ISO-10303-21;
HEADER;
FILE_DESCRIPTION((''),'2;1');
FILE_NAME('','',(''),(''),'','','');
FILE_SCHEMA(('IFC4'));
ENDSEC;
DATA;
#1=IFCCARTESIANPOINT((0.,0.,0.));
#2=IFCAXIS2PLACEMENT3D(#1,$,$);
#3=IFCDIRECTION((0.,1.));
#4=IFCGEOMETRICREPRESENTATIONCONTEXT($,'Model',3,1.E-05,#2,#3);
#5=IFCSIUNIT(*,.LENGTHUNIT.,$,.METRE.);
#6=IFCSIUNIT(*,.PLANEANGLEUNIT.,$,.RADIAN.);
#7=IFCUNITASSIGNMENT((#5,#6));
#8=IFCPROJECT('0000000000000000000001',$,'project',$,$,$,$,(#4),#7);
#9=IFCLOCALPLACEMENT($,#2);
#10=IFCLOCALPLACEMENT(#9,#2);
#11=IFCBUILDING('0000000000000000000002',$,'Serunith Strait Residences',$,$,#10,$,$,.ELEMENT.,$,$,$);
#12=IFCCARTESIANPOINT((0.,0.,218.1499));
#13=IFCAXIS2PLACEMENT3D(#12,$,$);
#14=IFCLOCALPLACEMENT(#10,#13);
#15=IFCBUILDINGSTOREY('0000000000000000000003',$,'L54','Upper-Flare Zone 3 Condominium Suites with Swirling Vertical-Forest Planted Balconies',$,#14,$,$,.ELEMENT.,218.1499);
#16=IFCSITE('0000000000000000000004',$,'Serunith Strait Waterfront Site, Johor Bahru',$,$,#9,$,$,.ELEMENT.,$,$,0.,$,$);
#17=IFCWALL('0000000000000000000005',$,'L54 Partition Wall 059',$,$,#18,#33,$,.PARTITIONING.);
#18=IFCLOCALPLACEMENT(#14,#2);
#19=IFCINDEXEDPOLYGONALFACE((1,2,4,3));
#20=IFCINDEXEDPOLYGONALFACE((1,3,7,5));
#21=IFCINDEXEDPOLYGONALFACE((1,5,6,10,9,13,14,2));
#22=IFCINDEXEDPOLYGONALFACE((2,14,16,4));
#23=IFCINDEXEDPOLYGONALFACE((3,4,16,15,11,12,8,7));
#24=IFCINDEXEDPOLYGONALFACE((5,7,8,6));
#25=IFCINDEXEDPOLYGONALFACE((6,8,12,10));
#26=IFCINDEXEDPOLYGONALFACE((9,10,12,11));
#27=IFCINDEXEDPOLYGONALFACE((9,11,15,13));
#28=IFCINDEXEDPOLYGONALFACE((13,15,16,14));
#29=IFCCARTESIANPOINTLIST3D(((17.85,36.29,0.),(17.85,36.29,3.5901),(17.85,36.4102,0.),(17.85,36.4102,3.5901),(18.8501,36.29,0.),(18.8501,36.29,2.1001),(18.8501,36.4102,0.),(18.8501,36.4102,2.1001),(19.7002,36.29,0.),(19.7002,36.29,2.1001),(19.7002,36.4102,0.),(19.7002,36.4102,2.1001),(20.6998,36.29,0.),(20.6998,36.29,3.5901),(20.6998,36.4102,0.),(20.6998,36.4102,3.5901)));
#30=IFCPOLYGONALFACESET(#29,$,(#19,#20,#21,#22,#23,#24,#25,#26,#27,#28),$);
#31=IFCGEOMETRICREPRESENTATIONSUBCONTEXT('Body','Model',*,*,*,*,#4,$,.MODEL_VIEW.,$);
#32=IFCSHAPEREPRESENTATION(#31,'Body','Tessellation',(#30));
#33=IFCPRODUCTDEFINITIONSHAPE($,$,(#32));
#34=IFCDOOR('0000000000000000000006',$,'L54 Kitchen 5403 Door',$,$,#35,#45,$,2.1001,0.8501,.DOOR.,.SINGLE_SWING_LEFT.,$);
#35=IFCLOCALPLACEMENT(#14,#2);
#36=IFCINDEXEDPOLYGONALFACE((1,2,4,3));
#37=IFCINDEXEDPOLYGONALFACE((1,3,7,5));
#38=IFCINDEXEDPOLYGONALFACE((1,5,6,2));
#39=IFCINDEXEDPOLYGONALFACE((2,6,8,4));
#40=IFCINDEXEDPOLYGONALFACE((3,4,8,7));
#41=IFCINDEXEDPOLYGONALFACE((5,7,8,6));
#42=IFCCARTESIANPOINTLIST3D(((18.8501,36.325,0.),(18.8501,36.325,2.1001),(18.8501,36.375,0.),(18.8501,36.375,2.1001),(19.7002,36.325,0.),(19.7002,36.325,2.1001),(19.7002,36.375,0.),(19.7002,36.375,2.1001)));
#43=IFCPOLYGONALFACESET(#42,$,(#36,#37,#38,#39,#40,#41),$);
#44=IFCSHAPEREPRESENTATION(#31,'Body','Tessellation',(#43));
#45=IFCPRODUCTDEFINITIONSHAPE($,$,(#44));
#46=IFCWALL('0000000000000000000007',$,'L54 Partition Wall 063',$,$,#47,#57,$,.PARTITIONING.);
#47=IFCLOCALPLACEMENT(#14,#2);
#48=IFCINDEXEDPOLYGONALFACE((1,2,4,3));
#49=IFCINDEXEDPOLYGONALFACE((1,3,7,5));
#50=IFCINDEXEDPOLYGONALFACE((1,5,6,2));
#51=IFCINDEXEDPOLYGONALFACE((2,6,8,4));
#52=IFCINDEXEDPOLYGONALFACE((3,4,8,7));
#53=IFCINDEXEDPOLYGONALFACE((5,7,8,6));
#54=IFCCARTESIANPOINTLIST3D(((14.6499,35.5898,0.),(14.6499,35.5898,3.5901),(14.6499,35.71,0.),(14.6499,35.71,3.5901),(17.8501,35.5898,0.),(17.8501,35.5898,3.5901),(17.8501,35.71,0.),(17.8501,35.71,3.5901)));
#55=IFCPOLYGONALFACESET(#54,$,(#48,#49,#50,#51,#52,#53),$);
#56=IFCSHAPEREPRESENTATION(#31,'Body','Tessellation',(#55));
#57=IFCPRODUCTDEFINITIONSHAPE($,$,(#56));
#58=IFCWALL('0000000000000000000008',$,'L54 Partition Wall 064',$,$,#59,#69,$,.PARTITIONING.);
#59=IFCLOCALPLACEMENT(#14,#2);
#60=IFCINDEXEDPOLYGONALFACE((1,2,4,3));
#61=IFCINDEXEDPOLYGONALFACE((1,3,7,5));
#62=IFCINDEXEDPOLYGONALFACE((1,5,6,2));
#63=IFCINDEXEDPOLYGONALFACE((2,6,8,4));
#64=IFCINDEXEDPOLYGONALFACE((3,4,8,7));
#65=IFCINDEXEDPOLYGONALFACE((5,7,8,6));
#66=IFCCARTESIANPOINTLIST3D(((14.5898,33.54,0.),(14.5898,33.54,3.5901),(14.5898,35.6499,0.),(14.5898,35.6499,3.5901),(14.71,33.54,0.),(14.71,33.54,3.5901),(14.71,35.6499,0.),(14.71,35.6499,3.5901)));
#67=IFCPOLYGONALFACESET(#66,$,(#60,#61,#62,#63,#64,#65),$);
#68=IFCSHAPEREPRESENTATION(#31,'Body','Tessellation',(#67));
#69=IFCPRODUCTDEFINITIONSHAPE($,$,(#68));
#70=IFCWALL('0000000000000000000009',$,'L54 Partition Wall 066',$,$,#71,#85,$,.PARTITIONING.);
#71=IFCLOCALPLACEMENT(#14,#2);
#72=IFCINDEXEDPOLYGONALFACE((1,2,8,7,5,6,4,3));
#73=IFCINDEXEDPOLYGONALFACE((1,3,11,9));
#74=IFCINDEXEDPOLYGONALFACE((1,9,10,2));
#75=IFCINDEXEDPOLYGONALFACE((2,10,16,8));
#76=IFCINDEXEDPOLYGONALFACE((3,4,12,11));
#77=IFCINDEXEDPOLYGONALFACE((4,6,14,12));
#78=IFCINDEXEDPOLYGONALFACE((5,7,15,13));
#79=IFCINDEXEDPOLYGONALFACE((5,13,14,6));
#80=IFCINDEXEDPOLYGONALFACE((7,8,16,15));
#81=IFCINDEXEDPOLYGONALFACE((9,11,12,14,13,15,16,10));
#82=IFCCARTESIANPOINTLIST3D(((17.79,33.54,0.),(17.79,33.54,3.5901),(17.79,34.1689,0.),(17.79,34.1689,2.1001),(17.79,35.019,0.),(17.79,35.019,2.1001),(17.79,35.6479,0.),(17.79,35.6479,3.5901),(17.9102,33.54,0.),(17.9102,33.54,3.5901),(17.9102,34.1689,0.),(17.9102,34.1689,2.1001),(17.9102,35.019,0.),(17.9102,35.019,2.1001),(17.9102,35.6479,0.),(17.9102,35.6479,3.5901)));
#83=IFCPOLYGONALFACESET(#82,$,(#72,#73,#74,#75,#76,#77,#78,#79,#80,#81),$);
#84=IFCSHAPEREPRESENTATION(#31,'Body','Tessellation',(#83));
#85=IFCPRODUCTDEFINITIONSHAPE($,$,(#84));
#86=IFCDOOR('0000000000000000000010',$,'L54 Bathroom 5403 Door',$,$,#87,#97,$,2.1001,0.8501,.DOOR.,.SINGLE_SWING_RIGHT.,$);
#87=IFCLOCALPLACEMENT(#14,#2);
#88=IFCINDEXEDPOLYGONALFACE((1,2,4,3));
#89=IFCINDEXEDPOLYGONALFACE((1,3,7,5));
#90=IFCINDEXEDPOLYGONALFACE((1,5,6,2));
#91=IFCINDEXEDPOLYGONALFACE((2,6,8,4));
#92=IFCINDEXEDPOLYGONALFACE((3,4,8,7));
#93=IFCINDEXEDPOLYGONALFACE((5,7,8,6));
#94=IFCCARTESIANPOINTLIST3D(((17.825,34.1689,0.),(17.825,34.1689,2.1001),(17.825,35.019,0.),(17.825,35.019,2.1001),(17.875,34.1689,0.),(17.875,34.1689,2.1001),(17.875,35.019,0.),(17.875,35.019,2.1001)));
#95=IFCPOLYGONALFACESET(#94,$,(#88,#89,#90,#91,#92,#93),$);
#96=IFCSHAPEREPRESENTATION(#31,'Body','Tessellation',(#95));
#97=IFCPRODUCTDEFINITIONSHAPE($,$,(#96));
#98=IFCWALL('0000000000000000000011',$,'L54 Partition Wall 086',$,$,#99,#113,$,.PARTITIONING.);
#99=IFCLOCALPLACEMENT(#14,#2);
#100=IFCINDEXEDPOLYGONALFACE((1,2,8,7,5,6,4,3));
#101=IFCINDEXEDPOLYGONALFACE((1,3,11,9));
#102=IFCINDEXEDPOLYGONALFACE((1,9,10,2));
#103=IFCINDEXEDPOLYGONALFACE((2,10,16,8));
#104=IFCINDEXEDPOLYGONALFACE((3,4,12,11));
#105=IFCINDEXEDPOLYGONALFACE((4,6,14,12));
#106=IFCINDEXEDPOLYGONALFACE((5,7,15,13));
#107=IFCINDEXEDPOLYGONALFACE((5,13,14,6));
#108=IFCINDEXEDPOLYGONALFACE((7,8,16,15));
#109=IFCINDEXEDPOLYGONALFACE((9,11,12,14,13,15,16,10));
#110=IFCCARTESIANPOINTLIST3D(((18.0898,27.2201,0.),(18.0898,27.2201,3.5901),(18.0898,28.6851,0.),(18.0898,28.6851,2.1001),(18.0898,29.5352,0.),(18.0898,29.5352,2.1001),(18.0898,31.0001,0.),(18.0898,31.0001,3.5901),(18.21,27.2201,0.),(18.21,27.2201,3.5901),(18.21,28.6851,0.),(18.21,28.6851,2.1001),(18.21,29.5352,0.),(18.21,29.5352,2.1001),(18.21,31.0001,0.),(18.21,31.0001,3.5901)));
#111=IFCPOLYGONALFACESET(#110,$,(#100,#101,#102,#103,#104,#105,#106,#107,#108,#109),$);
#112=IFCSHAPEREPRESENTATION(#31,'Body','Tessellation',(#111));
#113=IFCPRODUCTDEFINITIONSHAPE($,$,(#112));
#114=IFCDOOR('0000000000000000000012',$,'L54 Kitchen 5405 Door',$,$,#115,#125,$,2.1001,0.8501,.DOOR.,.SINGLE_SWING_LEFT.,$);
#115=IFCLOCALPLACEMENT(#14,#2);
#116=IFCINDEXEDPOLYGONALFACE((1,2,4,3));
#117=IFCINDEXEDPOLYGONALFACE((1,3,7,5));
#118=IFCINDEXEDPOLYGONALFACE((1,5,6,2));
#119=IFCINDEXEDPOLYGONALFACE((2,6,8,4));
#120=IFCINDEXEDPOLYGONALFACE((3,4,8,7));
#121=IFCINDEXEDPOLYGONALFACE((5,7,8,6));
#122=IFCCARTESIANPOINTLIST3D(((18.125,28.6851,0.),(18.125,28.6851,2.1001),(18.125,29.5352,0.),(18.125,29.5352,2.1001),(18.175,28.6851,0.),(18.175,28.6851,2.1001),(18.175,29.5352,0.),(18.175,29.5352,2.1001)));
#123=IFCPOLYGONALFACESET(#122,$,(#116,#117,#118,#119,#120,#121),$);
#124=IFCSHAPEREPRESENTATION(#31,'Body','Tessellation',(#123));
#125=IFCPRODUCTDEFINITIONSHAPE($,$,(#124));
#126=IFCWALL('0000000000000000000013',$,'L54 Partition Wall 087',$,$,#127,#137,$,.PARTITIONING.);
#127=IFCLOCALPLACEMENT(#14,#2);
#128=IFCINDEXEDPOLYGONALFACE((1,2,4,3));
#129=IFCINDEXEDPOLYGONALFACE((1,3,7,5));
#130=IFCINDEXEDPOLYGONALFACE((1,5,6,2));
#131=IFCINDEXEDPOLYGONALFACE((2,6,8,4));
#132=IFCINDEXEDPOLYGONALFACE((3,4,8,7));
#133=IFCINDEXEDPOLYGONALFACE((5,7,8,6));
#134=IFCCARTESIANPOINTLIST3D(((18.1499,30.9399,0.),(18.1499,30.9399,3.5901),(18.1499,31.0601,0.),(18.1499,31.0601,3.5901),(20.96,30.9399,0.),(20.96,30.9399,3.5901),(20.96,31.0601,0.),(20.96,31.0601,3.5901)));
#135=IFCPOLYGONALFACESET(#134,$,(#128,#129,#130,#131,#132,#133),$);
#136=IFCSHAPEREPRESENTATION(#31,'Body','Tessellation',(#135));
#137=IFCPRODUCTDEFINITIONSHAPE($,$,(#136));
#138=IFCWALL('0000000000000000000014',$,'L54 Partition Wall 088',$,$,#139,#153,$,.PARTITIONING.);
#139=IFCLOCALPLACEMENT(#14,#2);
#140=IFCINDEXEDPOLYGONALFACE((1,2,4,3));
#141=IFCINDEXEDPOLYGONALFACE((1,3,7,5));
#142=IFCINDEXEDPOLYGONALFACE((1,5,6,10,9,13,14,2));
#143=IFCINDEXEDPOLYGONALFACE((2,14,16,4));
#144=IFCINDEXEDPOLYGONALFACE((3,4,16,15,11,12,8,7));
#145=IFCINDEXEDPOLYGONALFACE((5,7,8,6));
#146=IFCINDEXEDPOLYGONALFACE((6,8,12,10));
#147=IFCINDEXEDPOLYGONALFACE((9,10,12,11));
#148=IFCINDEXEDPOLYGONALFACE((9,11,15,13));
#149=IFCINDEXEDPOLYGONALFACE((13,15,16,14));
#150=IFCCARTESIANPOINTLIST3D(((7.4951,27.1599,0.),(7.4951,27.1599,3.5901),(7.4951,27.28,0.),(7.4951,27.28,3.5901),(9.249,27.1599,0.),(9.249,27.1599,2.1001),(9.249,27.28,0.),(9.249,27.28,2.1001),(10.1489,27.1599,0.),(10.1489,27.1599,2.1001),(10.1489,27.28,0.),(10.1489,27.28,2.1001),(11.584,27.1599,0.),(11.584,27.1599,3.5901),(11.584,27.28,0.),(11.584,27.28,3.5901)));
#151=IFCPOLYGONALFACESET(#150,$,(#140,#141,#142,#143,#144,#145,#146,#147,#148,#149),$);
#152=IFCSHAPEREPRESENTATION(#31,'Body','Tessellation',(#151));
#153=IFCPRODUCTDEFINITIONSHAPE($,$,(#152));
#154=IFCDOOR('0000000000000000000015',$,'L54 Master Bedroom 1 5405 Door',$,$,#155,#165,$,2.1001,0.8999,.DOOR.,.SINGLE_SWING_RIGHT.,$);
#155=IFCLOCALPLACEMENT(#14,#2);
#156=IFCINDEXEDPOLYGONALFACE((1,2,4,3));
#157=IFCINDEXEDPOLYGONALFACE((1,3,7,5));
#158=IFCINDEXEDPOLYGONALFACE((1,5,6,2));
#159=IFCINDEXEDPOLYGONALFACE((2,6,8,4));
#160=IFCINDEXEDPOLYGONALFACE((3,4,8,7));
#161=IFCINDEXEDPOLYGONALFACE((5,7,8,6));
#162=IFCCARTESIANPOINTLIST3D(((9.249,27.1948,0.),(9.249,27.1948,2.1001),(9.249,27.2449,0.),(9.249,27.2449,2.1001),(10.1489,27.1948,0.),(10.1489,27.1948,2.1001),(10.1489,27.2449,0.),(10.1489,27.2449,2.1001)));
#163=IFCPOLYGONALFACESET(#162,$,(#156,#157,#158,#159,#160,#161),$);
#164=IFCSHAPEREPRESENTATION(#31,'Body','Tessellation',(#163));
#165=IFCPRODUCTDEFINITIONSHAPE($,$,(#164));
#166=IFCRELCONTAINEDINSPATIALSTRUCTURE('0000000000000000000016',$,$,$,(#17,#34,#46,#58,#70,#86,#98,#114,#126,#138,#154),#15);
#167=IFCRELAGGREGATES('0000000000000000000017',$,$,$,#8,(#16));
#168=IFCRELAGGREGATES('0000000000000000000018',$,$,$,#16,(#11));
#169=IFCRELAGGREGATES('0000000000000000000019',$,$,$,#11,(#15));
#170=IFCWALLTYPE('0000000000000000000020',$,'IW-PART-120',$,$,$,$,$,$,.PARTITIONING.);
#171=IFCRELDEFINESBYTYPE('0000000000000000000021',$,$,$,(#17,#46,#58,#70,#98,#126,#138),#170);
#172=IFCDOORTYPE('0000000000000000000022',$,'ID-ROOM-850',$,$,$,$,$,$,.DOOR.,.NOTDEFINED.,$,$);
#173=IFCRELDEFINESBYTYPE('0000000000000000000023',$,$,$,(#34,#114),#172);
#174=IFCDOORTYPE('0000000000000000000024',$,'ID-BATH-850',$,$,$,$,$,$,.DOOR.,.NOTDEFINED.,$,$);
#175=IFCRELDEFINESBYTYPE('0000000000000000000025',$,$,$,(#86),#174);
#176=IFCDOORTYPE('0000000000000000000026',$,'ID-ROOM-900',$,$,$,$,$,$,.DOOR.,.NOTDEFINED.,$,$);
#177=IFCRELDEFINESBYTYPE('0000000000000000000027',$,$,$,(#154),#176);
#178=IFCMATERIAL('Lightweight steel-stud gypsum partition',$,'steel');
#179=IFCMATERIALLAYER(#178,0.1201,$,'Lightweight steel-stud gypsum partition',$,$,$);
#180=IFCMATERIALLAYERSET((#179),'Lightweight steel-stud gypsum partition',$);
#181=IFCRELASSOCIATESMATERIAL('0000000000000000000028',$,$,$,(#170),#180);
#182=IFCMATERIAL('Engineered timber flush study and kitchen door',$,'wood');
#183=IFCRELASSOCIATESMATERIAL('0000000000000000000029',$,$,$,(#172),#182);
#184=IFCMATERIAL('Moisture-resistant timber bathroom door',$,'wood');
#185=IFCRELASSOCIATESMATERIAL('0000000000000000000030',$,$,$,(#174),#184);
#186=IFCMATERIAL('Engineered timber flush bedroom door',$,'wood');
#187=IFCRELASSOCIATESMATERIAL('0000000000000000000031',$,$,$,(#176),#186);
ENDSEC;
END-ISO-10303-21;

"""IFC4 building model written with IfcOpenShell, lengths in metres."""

from ifc_helpers import new_model, si_unit, direction, frame, frame_2d, origin, place, context, subcontext, project, spatial, rectangle, extrude, source, transform, mapped, material, layer, layer_set, type_object, element, fill, save


model = new_model("IFC4")

# Units and contexts
model_context = context("Model", 3, precision=1e-05, world=origin(), true_north=direction((0.0, 1.0)))
body_context = subcontext(model_context, "Body", "Model", "MODEL_VIEW")
ifc_project = project(units=[si_unit("LENGTHUNIT", "METRE"), si_unit("PLANEANGLEUNIT", "RADIAN")], contexts=[model_context])

# Site, building, storey
site_placement = place(None, origin())
site = spatial("IfcSite", under=ifc_project, at=site_placement, Name="Serunith Strait Waterfront Site, Johor Bahru", CompositionType="ELEMENT", RefElevation=0.0)
building_placement = place(site_placement, origin())
building = spatial("IfcBuilding", under=site, at=building_placement, Name="Serunith Strait Residences", CompositionType="ELEMENT")
storey_placement = place(building_placement, frame((0.0, 0.0, 218.1499)))
storey = spatial("IfcBuildingStorey", under=building, at=storey_placement, Name="L54", Description="Upper-Flare Zone 3 Condominium Suites with Swirling Vertical-Forest Planted Balconies", CompositionType="ELEMENT", Elevation=218.1499)

# Wall, opening, door
ifc_material_1 = material(Name="Lightweight steel-stud gypsum partition", Category="steel")
ifc_layer_1 = layer(ifc_material_1, 0.1201, Name="Lightweight steel-stud gypsum partition")
ifc_layer_set_1 = layer_set([ifc_layer_1], Name="Lightweight steel-stud gypsum partition")
wall_type_1 = type_object("IfcWallType", Name="IW-PART-120", PredefinedType="PARTITIONING", material=ifc_layer_set_1)
wall_1_placement = place(storey_placement, frame((17.8501, 36.3501, 0.0), z_axis=(0.0, 0.0, 1.0), x_axis=(1.0, 0.0, 0.0)))
wall_1 = element("IfcWall", 1, at=wall_1_placement, inside=storey, type_object=wall_type_1, Name="L54 Partition Wall 059", PredefinedType="PARTITIONING", context=body_context, shape_type="SweptSolid", body=[
    extrude(rectangle(XDim=2.8499, YDim=0.1201, at=frame_2d((1.4248, 0.0))), origin(), (0.0, 0.0, 1.0), 3.5901),
])
opening_1_placement = place(wall_1_placement, frame((1.0, 0.0, 0.0)))
opening_1 = element("IfcOpeningElement", 2, at=opening_1_placement, cuts=wall_1, PredefinedType="OPENING", context=body_context, shape_type="SweptSolid", body=[
    extrude(rectangle(XDim=0.8501, YDim=2.1001, at=frame_2d((0.425, 1.05))), frame((0.0, 0.0701, 0.0), z_axis=(0.0, -1.0, 0.0), x_axis=(1.0, 0.0, 0.0)), (0.0, 0.0, 1.0), 0.1401),
])
ifc_material_2 = material(Name="Engineered timber flush study and kitchen door", Category="wood")
door_type_1 = type_object("IfcDoorType", Name="ID-ROOM-850", OperationType="NOTDEFINED", PredefinedType="DOOR", material=ifc_material_2)
shared_shape_1 = source(origin(), body_context, "Body", "SweptSolid", [
    extrude(rectangle(XDim=0.8501, YDim=2.1001, at=frame_2d((0.425, 1.05))), frame((0.0, 0.0249, 0.0), z_axis=(0.0, -1.0, 0.0), x_axis=(1.0, 0.0, 0.0)), (0.0, 0.0, 1.0), 0.05),
])
door_1_placement = place(opening_1_placement, origin())
door_1 = element("IfcDoor", 3, at=door_1_placement, inside=storey, type_object=door_type_1, Name="L54 Kitchen 5403 Door", OperationType="SINGLE_SWING_LEFT", OverallHeight=2.1001, OverallWidth=0.8501, PredefinedType="DOOR", context=body_context, shape_type="MappedRepresentation", body=[
    mapped(shared_shape_1, transform((0.0, 0.0, 0.0), scale=1.0)),
])
fill(opening_1, door_1)

# Walls
wall_2_placement = place(storey_placement, frame((14.6499, 35.6499, 0.0), z_axis=(0.0, 0.0, 1.0), x_axis=(1.0, 0.0, 0.0)))
element("IfcWall", 4, at=wall_2_placement, inside=storey, type_object=wall_type_1, Name="L54 Partition Wall 063", PredefinedType="PARTITIONING", context=body_context, shape_type="SweptSolid", body=[
    extrude(rectangle(XDim=3.2002, YDim=0.1201, at=frame_2d((1.6001, 0.0))), origin(), (0.0, 0.0, 1.0), 3.5901),
])
wall_3_placement = place(storey_placement, frame((14.6499, 35.6499, 0.0), z_axis=(0.0, 0.0, 1.0), x_axis=(0.0, -1.0, 0.0)))
element("IfcWall", 5, at=wall_3_placement, inside=storey, type_object=wall_type_1, Name="L54 Partition Wall 064", PredefinedType="PARTITIONING", context=body_context, shape_type="SweptSolid", body=[
    extrude(rectangle(XDim=2.1099, YDim=0.1201, at=frame_2d((1.0549, 0.0))), origin(), (0.0, 0.0, 1.0), 3.5901),
])

# Walls, openings, doors
wall_4_placement = place(storey_placement, frame((17.8501, 35.6479, 0.0), z_axis=(0.0, 0.0, 1.0), x_axis=(0.0, -1.0, 0.0)))
wall_4 = element("IfcWall", 6, at=wall_4_placement, inside=storey, type_object=wall_type_1, Name="L54 Partition Wall 066", PredefinedType="PARTITIONING", context=body_context, shape_type="SweptSolid", body=[
    extrude(rectangle(XDim=2.1079, YDim=0.1201, at=frame_2d((1.054, 0.0))), origin(), (0.0, 0.0, 1.0), 3.5901),
])
opening_2_placement = place(wall_4_placement, frame((0.6289, 0.0, 0.0)))
opening_2 = element("IfcOpeningElement", 7, at=opening_2_placement, cuts=wall_4, PredefinedType="OPENING", context=body_context, shape_type="SweptSolid", body=[
    extrude(rectangle(XDim=0.8501, YDim=2.1001, at=frame_2d((0.425, 1.05))), frame((0.0, 0.0701, 0.0), z_axis=(0.0, -1.0, 0.0), x_axis=(1.0, 0.0, 0.0)), (0.0, 0.0, 1.0), 0.1401),
])
ifc_material_3 = material(Name="Moisture-resistant timber bathroom door", Category="wood")
door_type_2 = type_object("IfcDoorType", Name="ID-BATH-850", OperationType="NOTDEFINED", PredefinedType="DOOR", material=ifc_material_3)
door_2_placement = place(opening_2_placement, origin())
door_2 = element("IfcDoor", 8, at=door_2_placement, inside=storey, type_object=door_type_2, Name="L54 Bathroom 5403 Door", OperationType="SINGLE_SWING_RIGHT", OverallHeight=2.1001, OverallWidth=0.8501, PredefinedType="DOOR", context=body_context, shape_type="MappedRepresentation", body=[
    mapped(shared_shape_1, transform((0.0, 0.0, 0.0), scale=1.0)),
])
fill(opening_2, door_2)
wall_5_placement = place(storey_placement, frame((18.1499, 27.22, 0.0), z_axis=(0.0, 0.0, 1.0), x_axis=(0.0, 1.0, 0.0)))
wall_5 = element("IfcWall", 9, at=wall_5_placement, inside=storey, type_object=wall_type_1, Name="L54 Partition Wall 086", PredefinedType="PARTITIONING", context=body_context, shape_type="SweptSolid", body=[
    extrude(rectangle(XDim=3.78, YDim=0.1201, at=frame_2d((1.8901, 0.0))), origin(), (0.0, 0.0, 1.0), 3.5901),
])
opening_3_placement = place(wall_5_placement, frame((1.4651, 0.0, 0.0)))
opening_3 = element("IfcOpeningElement", 10, at=opening_3_placement, cuts=wall_5, PredefinedType="OPENING", context=body_context, shape_type="SweptSolid", body=[
    extrude(rectangle(XDim=0.8501, YDim=2.1001, at=frame_2d((0.425, 1.05))), frame((0.0, 0.0701, 0.0), z_axis=(0.0, -1.0, 0.0), x_axis=(1.0, 0.0, 0.0)), (0.0, 0.0, 1.0), 0.1401),
])
door_3_placement = place(opening_3_placement, origin())
door_3 = element("IfcDoor", 11, at=door_3_placement, inside=storey, type_object=door_type_1, Name="L54 Kitchen 5405 Door", OperationType="SINGLE_SWING_LEFT", OverallHeight=2.1001, OverallWidth=0.8501, PredefinedType="DOOR", context=body_context, shape_type="MappedRepresentation", body=[
    mapped(shared_shape_1, transform((0.0, 0.0, 0.0), scale=1.0)),
])
fill(opening_3, door_3)

# Wall
wall_6_placement = place(storey_placement, frame((18.1499, 31.0, 0.0), z_axis=(0.0, 0.0, 1.0), x_axis=(1.0, 0.0, 0.0)))
element("IfcWall", 12, at=wall_6_placement, inside=storey, type_object=wall_type_1, Name="L54 Partition Wall 087", PredefinedType="PARTITIONING", context=body_context, shape_type="SweptSolid", body=[
    extrude(rectangle(XDim=2.8101, YDim=0.1201, at=frame_2d((1.405, 0.0))), origin(), (0.0, 0.0, 1.0), 3.5901),
])

# Wall, opening, door
wall_7_placement = place(storey_placement, frame((7.4951, 27.22, 0.0), z_axis=(0.0, 0.0, 1.0), x_axis=(1.0, 0.0, 0.0)))
wall_7 = element("IfcWall", 13, at=wall_7_placement, inside=storey, type_object=wall_type_1, Name="L54 Partition Wall 088", PredefinedType="PARTITIONING", context=body_context, shape_type="SweptSolid", body=[
    extrude(rectangle(XDim=4.0889, YDim=0.1201, at=frame_2d((2.0444, 0.0))), origin(), (0.0, 0.0, 1.0), 3.5901),
])
opening_4_placement = place(wall_7_placement, frame((1.7539, 0.0, 0.0)))
opening_4 = element("IfcOpeningElement", 14, at=opening_4_placement, cuts=wall_7, PredefinedType="OPENING", context=body_context, shape_type="SweptSolid", body=[
    extrude(rectangle(XDim=0.8999, YDim=2.1001, at=frame_2d((0.45, 1.05))), frame((0.0, 0.0701, 0.0), z_axis=(0.0, -1.0, 0.0), x_axis=(1.0, 0.0, 0.0)), (0.0, 0.0, 1.0), 0.1401),
])
ifc_material_4 = material(Name="Engineered timber flush bedroom door", Category="wood")
door_type_3 = type_object("IfcDoorType", Name="ID-ROOM-900", OperationType="NOTDEFINED", PredefinedType="DOOR", material=ifc_material_4)
shared_shape_2 = source(origin(), body_context, "Body", "SweptSolid", [
    extrude(rectangle(XDim=0.8999, YDim=2.1001, at=frame_2d((0.45, 1.05))), frame((0.0, 0.0249, 0.0), z_axis=(0.0, -1.0, 0.0), x_axis=(1.0, 0.0, 0.0)), (0.0, 0.0, 1.0), 0.05),
])
door_4_placement = place(opening_4_placement, origin())
door_4 = element("IfcDoor", 15, at=door_4_placement, inside=storey, type_object=door_type_3, Name="L54 Master Bedroom 1 5405 Door", OperationType="SINGLE_SWING_RIGHT", OverallHeight=2.1001, OverallWidth=0.8999, PredefinedType="DOOR", context=body_context, shape_type="MappedRepresentation", body=[
    mapped(shared_shape_2, transform((0.0, 0.0, 0.0), scale=1.0)),
])
fill(opening_4, door_4)

save(model, "model.ifc")
